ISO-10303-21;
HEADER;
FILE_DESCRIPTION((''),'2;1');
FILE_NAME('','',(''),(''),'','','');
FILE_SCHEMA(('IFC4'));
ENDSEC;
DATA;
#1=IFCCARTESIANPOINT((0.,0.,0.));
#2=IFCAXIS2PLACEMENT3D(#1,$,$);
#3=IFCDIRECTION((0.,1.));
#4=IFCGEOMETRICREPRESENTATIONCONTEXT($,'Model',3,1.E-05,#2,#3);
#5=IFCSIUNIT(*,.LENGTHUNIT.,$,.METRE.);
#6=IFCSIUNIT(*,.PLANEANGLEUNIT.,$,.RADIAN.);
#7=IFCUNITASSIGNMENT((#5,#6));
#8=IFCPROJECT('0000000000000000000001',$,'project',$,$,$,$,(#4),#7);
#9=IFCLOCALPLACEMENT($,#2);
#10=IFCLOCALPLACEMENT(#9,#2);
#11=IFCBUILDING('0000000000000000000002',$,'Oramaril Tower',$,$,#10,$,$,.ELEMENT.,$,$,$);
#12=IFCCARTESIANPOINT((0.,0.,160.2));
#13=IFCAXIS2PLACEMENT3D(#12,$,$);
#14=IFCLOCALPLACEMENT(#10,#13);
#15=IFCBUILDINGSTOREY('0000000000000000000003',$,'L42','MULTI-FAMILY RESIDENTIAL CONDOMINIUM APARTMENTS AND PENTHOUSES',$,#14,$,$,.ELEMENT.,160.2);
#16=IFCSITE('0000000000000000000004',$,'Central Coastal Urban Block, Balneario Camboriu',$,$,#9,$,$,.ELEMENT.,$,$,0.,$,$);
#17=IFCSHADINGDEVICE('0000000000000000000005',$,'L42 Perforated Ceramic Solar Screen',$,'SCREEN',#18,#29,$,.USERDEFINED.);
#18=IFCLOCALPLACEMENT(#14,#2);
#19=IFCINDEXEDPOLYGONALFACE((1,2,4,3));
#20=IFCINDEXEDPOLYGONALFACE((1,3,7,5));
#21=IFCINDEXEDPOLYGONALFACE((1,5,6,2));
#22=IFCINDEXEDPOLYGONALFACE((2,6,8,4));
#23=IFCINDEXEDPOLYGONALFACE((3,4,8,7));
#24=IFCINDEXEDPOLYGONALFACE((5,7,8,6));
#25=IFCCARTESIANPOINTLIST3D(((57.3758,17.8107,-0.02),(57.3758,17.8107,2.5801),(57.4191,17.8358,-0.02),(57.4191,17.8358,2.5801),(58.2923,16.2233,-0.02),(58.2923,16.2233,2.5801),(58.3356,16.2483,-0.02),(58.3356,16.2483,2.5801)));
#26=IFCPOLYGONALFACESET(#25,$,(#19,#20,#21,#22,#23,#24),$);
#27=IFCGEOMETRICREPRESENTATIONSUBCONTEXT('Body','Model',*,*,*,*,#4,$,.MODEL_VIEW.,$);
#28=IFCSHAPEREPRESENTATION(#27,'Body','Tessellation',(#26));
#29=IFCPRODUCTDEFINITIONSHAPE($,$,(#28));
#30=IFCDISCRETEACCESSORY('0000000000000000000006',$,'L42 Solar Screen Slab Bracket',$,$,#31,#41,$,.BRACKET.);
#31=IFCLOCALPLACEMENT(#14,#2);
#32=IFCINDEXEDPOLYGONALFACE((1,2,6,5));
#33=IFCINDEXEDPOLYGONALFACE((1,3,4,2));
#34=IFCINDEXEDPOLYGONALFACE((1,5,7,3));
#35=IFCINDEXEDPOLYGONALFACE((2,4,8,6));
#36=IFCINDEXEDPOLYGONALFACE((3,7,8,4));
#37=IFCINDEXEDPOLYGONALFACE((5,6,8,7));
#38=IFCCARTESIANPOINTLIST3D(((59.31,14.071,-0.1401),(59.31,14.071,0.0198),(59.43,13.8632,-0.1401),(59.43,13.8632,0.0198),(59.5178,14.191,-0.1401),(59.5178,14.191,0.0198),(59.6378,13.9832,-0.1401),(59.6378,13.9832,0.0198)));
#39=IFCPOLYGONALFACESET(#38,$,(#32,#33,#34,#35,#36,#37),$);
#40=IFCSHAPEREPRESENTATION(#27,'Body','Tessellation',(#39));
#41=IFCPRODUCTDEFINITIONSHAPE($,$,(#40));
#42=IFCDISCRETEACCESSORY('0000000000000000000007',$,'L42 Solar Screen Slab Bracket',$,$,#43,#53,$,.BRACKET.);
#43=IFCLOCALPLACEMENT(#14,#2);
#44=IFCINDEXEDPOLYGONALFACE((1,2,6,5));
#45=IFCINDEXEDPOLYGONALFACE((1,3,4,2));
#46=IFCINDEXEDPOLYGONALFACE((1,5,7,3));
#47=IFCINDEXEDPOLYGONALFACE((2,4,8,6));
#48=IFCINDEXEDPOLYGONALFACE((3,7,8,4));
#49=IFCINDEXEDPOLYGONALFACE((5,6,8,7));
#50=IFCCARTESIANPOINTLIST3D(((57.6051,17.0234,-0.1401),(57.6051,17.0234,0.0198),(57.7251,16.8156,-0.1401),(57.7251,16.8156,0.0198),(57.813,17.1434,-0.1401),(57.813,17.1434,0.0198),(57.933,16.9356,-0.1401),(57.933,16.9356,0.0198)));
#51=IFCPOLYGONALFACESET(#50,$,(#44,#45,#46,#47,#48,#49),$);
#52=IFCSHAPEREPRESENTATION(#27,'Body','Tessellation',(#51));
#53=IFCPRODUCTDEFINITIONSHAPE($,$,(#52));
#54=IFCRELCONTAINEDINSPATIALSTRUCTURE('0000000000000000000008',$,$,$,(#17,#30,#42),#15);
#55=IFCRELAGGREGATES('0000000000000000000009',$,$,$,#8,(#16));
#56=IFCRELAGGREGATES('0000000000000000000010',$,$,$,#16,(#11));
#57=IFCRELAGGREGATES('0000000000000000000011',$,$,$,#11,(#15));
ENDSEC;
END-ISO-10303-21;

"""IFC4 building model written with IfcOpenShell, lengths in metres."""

from ifc_helpers import new_model, si_unit, direction, frame, origin, origin_2d, place, context, subcontext, project, spatial, rectangle, extrude, element, save


model = new_model("IFC4")

# Units and contexts
model_context = context("Model", 3, precision=1e-05, world=origin(), true_north=direction((0.0, 1.0)))
body_context = subcontext(model_context, "Body", "Model", "MODEL_VIEW")
ifc_project = project(units=[si_unit("LENGTHUNIT", "METRE"), si_unit("PLANEANGLEUNIT", "RADIAN")], contexts=[model_context])

# Site, building, storey
site_placement = place(None, origin())
site = spatial("IfcSite", under=ifc_project, at=site_placement, Name="Central Coastal Urban Block, Balneario Camboriu", CompositionType="ELEMENT", RefElevation=0.0)
building_placement = place(site_placement, origin())
building = spatial("IfcBuilding", under=site, at=building_placement, Name="Oramaril Tower", CompositionType="ELEMENT")
storey_placement = place(building_placement, frame((0.0, 0.0, 160.2)))
storey = spatial("IfcBuildingStorey", under=building, at=storey_placement, Name="L42", Description="MULTI-FAMILY RESIDENTIAL CONDOMINIUM APARTMENTS AND PENTHOUSES", CompositionType="ELEMENT", Elevation=160.2)

# Shading device
for number, where, z_axis, x_axis, name in (
    (1, (57.8557, 17.0295, -0.02), (0.0, 0.0, 1.0), (-0.5, 0.866025, 0.0), "L42 Perforated Ceramic Solar Screen"),
):
    element("IfcShadingDevice", number, at=place(storey_placement, frame(where, z_axis=z_axis, x_axis=x_axis)), inside=storey, Name=name, ObjectType="SCREEN", PredefinedType="USERDEFINED", context=body_context, shape_type="SweptSolid", body=[
        extrude(rectangle(XDim=1.833, YDim=0.05, at=origin_2d()), origin(), (0.0, 0.0, 1.0), 2.6001),
    ])

# Discrete accessories
for number, where, z_axis, x_axis, name in (
    (2, (59.4739, 14.0271, -0.1401), (0.0, 0.0, 1.0), (-0.5, 0.866025, 0.0), "L42 Solar Screen Slab Bracket"),
    (3, (57.769, 16.9795, -0.1401), (0.0, 0.0, 1.0), (-0.5, 0.866025, 0.0), "L42 Solar Screen Slab Bracket"),
):
    element("IfcDiscreteAccessory", number, at=place(storey_placement, frame(where, z_axis=z_axis, x_axis=x_axis)), inside=storey, Name=name, PredefinedType="BRACKET", context=body_context, shape_type="SweptSolid", body=[
        extrude(rectangle(XDim=0.24, YDim=0.24, at=origin_2d()), origin(), (0.0, 0.0, 1.0), 0.1599),
    ])

save(model, "model.ifc")
